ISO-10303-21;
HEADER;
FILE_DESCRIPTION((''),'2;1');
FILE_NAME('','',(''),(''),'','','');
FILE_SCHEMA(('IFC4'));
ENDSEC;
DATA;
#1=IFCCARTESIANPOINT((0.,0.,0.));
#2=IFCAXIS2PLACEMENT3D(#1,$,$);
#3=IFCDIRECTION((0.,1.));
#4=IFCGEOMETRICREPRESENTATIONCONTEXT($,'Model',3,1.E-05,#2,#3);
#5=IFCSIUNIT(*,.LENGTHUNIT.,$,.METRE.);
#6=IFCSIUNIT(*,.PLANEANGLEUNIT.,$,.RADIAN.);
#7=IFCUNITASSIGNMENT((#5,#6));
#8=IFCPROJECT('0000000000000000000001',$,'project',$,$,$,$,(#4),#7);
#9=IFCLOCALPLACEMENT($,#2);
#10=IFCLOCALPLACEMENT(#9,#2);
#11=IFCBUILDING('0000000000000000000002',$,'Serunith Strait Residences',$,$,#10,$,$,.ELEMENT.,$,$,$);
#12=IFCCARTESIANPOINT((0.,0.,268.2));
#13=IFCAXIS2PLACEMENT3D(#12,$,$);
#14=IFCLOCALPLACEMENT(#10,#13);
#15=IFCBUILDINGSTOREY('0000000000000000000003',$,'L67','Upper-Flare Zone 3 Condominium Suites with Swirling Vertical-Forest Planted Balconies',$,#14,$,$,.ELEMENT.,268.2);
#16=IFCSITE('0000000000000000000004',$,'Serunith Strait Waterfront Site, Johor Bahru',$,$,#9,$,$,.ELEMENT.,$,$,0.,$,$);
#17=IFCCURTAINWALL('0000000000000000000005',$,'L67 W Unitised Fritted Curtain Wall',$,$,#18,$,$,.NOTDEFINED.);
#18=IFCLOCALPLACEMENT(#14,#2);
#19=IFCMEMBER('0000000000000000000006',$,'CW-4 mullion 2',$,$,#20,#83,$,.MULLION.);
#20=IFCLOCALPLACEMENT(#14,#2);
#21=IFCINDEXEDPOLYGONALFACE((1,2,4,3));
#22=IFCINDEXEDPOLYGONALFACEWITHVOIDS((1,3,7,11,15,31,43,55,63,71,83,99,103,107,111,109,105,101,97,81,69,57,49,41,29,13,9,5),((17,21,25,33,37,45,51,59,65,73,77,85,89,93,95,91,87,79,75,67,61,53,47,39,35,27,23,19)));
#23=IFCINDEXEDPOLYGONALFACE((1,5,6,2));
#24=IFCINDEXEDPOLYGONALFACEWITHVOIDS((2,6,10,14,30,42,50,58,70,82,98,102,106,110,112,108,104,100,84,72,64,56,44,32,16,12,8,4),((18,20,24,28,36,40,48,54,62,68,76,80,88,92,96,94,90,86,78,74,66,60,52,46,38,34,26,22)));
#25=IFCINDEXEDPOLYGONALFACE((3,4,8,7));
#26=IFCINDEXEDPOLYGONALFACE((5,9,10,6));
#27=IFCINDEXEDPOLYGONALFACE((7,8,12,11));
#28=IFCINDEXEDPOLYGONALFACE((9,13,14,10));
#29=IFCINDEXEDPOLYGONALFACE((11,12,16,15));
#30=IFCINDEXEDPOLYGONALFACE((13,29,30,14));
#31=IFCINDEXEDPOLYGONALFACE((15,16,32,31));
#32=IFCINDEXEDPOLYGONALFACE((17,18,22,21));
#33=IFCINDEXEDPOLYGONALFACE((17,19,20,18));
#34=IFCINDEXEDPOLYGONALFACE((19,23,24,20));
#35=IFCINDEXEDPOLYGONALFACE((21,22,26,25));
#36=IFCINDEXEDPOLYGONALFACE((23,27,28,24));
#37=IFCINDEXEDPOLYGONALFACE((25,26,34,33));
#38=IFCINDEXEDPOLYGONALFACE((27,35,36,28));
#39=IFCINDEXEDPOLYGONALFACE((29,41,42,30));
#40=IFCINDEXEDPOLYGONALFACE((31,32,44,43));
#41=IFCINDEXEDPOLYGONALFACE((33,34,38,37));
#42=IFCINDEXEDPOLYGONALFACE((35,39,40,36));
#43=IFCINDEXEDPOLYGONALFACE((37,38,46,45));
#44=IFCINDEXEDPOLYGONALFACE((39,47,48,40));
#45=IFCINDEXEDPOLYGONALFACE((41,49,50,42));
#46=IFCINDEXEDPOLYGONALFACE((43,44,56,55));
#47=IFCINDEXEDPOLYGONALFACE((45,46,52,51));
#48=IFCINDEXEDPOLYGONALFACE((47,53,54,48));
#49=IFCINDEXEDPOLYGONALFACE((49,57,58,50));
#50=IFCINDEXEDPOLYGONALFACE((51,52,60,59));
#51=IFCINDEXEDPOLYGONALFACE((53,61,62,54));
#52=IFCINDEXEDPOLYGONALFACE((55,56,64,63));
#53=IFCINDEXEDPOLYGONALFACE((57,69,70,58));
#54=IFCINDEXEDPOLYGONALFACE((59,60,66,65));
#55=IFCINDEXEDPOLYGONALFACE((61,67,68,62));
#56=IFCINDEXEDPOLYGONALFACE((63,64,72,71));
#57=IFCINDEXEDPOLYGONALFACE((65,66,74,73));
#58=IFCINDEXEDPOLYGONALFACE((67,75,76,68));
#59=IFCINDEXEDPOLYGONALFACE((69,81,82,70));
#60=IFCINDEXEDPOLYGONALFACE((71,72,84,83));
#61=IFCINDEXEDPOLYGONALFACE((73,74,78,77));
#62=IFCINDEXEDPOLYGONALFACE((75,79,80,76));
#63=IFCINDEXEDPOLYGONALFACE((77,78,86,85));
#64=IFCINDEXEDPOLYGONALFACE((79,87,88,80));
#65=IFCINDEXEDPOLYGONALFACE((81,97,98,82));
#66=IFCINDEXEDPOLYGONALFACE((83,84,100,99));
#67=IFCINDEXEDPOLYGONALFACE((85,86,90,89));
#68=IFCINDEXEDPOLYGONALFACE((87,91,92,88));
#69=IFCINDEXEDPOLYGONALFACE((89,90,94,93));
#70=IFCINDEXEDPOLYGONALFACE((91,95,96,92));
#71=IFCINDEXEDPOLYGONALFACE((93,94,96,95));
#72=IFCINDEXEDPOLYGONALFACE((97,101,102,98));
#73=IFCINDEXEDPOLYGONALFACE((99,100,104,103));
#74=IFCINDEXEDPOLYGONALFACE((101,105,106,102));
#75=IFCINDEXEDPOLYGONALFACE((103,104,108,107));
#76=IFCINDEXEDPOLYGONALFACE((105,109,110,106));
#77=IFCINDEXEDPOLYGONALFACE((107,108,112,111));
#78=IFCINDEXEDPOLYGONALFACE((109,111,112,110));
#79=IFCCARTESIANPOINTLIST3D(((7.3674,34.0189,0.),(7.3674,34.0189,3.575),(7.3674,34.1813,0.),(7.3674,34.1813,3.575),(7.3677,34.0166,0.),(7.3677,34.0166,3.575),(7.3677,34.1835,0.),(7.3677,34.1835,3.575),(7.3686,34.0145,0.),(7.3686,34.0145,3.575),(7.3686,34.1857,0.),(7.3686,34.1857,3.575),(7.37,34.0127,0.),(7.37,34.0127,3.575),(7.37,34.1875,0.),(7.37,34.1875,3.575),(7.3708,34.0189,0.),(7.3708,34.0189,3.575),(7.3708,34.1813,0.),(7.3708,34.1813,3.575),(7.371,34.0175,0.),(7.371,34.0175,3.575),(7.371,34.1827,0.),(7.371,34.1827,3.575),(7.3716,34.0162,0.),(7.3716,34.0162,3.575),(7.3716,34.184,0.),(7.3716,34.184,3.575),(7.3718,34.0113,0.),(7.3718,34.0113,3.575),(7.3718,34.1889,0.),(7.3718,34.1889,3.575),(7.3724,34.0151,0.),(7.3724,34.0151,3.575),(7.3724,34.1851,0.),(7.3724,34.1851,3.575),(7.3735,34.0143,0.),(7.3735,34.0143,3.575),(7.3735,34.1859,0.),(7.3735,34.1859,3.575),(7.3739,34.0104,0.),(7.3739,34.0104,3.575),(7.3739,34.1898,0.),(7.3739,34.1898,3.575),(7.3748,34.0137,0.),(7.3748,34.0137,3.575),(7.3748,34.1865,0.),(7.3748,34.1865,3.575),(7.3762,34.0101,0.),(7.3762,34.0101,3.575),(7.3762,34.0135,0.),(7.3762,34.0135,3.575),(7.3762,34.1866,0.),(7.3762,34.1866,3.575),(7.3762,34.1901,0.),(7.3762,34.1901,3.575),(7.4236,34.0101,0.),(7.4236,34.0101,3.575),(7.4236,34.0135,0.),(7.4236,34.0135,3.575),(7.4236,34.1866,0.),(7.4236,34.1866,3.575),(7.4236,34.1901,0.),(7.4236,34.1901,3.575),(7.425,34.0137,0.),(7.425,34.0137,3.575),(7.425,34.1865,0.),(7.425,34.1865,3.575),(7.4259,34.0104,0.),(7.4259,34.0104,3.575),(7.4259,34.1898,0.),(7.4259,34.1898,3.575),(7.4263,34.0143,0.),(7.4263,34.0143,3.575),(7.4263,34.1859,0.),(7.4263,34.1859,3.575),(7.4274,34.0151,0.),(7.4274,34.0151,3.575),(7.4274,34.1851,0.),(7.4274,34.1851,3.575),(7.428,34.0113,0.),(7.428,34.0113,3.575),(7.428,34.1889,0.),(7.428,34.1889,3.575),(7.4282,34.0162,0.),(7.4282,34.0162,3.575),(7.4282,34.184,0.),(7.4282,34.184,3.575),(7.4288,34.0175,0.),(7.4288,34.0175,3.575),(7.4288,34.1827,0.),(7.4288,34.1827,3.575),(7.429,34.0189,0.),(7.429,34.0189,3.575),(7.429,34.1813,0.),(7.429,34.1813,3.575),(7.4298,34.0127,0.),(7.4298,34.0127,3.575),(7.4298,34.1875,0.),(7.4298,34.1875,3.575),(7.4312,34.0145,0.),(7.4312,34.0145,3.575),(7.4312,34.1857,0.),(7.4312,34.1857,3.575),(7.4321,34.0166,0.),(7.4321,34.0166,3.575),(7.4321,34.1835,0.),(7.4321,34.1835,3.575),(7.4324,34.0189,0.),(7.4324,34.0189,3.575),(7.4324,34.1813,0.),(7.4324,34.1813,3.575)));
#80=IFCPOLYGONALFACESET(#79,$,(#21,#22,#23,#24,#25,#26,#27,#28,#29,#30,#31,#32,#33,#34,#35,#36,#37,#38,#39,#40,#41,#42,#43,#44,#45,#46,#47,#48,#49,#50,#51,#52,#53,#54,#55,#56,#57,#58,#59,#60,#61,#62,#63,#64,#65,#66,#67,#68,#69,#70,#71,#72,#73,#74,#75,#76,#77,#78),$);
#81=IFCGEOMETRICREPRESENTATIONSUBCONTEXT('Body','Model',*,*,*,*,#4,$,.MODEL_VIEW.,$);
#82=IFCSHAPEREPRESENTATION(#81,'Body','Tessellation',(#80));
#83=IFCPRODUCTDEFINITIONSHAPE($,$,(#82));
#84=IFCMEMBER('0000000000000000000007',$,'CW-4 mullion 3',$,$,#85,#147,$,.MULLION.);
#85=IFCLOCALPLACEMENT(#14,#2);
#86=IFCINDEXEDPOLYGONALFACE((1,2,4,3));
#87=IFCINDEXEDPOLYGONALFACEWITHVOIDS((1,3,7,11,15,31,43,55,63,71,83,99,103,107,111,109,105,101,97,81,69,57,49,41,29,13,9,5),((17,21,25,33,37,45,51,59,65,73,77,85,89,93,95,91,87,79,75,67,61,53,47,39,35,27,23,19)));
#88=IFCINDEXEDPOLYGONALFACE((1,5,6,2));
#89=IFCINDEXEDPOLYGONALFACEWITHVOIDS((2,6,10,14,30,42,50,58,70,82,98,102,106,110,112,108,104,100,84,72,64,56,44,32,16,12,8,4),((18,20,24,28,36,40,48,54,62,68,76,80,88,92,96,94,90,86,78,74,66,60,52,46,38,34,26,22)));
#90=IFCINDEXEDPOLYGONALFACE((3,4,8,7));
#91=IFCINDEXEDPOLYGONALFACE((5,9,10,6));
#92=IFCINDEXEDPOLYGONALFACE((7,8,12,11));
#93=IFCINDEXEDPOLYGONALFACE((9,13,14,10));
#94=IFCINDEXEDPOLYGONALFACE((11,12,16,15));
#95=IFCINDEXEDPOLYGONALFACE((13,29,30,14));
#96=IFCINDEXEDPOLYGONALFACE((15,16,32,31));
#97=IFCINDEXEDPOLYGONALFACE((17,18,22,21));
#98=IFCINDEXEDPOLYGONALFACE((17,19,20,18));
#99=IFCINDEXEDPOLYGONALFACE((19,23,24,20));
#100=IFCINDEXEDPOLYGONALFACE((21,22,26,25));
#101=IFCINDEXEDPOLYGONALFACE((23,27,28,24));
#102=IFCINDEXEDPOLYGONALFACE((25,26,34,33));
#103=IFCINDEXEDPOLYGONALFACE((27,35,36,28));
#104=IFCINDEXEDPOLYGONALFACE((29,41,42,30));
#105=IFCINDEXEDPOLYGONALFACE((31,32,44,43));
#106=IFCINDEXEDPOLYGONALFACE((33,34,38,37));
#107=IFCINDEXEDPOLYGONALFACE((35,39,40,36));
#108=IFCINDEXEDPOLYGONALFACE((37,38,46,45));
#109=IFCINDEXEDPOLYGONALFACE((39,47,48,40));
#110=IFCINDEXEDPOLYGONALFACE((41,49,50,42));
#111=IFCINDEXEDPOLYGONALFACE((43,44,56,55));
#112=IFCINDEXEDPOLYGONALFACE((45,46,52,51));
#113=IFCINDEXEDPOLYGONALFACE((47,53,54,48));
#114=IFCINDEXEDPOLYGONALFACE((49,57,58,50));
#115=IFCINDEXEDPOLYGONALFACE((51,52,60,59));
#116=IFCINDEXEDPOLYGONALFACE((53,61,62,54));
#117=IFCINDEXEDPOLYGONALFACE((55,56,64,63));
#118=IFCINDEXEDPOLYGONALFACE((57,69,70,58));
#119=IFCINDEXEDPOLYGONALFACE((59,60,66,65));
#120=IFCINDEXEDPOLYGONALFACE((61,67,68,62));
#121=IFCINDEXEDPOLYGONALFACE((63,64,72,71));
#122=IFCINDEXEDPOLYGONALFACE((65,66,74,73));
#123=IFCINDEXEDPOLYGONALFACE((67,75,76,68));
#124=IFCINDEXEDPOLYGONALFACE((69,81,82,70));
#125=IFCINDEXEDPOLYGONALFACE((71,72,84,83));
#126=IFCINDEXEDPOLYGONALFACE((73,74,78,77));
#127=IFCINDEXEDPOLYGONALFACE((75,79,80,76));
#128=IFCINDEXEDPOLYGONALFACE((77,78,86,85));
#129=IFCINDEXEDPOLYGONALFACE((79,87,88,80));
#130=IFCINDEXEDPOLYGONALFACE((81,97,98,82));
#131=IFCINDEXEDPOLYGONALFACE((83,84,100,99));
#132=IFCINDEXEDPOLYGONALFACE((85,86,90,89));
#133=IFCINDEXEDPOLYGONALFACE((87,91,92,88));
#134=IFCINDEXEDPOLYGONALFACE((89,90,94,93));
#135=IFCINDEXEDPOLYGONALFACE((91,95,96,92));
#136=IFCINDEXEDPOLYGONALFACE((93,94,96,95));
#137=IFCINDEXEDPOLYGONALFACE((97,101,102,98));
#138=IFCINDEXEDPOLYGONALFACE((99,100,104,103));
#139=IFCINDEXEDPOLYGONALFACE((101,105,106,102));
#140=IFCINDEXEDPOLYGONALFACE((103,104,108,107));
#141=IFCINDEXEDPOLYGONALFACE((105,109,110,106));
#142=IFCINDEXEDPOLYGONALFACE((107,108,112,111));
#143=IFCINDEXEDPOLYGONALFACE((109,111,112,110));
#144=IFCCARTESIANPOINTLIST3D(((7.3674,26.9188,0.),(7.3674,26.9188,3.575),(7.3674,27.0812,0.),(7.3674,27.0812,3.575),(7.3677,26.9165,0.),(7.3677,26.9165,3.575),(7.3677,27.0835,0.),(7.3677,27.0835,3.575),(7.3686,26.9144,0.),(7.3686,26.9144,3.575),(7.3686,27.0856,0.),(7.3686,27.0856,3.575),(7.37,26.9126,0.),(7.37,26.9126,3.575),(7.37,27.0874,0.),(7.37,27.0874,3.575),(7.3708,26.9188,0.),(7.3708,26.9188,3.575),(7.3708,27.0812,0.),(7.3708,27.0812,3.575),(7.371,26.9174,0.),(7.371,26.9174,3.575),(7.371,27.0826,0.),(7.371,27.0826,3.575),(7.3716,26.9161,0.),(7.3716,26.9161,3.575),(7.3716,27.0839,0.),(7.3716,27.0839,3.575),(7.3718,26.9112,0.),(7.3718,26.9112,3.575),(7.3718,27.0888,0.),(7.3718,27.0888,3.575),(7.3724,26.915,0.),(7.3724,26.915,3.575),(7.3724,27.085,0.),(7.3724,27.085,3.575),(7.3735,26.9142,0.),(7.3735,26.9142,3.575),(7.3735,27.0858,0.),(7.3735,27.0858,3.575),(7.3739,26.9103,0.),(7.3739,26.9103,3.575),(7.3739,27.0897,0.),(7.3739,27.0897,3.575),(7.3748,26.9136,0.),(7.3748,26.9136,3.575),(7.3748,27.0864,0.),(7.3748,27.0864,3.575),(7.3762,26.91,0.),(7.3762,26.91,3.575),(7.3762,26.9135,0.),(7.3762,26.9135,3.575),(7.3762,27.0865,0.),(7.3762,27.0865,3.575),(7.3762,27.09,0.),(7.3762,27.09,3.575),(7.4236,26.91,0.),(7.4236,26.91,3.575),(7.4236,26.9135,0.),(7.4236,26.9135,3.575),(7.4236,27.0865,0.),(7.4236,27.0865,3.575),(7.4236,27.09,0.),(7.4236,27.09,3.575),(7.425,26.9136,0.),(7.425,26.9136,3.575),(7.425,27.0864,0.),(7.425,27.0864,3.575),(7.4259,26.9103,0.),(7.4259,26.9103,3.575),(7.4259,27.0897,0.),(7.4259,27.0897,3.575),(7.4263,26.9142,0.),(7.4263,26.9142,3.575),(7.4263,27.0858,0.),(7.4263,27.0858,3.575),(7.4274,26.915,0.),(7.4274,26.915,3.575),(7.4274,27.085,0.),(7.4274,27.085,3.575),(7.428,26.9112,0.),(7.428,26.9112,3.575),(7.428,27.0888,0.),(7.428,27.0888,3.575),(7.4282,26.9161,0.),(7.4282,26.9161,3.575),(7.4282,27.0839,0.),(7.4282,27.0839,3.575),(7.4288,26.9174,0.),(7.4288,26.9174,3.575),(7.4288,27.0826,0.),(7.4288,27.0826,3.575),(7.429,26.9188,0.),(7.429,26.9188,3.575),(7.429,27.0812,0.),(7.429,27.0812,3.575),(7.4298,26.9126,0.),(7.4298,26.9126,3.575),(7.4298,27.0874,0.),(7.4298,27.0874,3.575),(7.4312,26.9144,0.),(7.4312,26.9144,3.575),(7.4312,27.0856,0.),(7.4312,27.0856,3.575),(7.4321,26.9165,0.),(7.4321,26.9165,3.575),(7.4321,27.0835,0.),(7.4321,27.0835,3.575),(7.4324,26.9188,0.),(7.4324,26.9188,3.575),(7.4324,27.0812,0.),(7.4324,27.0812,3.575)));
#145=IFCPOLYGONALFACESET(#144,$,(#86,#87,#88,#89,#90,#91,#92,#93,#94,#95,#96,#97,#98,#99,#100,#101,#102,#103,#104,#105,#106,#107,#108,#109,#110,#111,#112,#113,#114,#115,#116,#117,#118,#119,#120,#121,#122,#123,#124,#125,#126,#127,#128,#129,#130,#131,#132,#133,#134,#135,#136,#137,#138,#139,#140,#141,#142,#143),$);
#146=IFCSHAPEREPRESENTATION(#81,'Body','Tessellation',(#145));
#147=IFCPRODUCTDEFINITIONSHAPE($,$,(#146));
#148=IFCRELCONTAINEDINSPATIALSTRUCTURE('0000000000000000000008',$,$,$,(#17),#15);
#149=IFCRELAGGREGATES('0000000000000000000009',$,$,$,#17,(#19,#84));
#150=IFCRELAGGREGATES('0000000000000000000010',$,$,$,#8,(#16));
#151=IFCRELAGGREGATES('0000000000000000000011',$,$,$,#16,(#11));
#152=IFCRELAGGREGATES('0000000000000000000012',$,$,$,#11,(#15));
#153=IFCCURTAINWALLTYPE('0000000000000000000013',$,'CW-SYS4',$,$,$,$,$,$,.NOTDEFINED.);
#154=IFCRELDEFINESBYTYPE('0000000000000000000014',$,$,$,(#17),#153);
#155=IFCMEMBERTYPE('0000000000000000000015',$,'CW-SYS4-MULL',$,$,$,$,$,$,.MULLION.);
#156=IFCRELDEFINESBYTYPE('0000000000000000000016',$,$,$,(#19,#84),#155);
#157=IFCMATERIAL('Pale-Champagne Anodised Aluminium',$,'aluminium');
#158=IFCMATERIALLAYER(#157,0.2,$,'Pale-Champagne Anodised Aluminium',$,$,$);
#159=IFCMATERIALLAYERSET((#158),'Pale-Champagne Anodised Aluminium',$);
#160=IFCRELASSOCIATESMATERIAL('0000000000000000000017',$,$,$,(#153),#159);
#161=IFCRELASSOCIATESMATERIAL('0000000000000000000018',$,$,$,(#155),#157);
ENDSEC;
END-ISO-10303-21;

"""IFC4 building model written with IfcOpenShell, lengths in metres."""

from ifc_helpers import new_model, si_unit, direction, frame, origin, origin_2d, place, context, subcontext, project, spatial, hollow_rectangle, extrude, source, transform, mapped, material, layer, layer_set, material_profile, profile_set, type_object, element, aggregate, save


model = new_model("IFC4")

# Units and contexts
model_context = context("Model", 3, precision=1e-05, world=origin(), true_north=direction((0.0, 1.0)))
body_context = subcontext(model_context, "Body", "Model", "MODEL_VIEW")
ifc_project = project(units=[si_unit("LENGTHUNIT", "METRE"), si_unit("PLANEANGLEUNIT", "RADIAN")], contexts=[model_context])

# Site, building, storey
site_placement = place(None, origin())
site = spatial("IfcSite", under=ifc_project, at=site_placement, Name="Serunith Strait Waterfront Site, Johor Bahru", CompositionType="ELEMENT", RefElevation=0.0)
building_placement = place(site_placement, origin())
building = spatial("IfcBuilding", under=site, at=building_placement, Name="Serunith Strait Residences", CompositionType="ELEMENT")
storey_placement = place(building_placement, frame((0.0, 0.0, 268.2)))
storey = spatial("IfcBuildingStorey", under=building, at=storey_placement, Name="L67", Description="Upper-Flare Zone 3 Condominium Suites with Swirling Vertical-Forest Planted Balconies", CompositionType="ELEMENT", Elevation=268.2)

# Curtain wall, members
ifc_material_1 = material(Name="Pale-Champagne Anodised Aluminium", Category="aluminium")
ifc_layer_1 = layer(ifc_material_1, 0.2, Name="Pale-Champagne Anodised Aluminium")
ifc_layer_set_1 = layer_set([ifc_layer_1], Name="Pale-Champagne Anodised Aluminium")
curtain_wall_type = type_object("IfcCurtainWallType", Name="CW-SYS4", PredefinedType="NOTDEFINED", material=ifc_layer_set_1)
curtain_wall_placement = place(storey_placement, origin())
curtain_wall = element("IfcCurtainWall", 1, at=curtain_wall_placement, inside=storey, type_object=curtain_wall_type, Name="L67 W Unitised Fritted Curtain Wall", PredefinedType="NOTDEFINED")
ifc_material_profile_1 = material_profile(ifc_material_1, hollow_rectangle(XDim=0.0649, YDim=0.1799, WallThickness=0.0034, InnerFilletRadius=0.0054, OuterFilletRadius=0.0088, at=origin_2d()), Name="ALU 180x65x3.5")
ifc_profile_set_1 = profile_set([ifc_material_profile_1], Name="Pale-Champagne Anodised Aluminium")
member_type_1 = type_object("IfcMemberType", Name="CW-SYS4-MULL", PredefinedType="MULLION", material=ifc_profile_set_1)
shared_shape_1 = source(origin(), body_context, "Body", "SweptSolid", [
    extrude(hollow_rectangle(XDim=0.0649, YDim=0.1799, WallThickness=0.0034, InnerFilletRadius=0.0054, OuterFilletRadius=0.0088, at=origin_2d()), origin(), (0.0, 0.0, 1.0), 3.575),
])
member_1_placement = place(storey_placement, frame((7.3999, 34.1001, 0.0), z_axis=(0.0, 0.0, 1.0), x_axis=(1.0, 0.0, 0.0)))
member_1 = element("IfcMember", 2, at=member_1_placement, type_object=member_type_1, Name="CW-4 mullion 2", PredefinedType="MULLION", context=body_context, shape_type="MappedRepresentation", body=[
    mapped(shared_shape_1, transform((0.0, 0.0, 0.0), scale=1.0)),
])
member_2_placement = place(storey_placement, frame((7.3999, 27.0, 0.0), z_axis=(0.0, 0.0, 1.0), x_axis=(1.0, 0.0, 0.0)))
member_2 = element("IfcMember", 3, at=member_2_placement, type_object=member_type_1, Name="CW-4 mullion 3", PredefinedType="MULLION", context=body_context, shape_type="MappedRepresentation", body=[
    mapped(shared_shape_1, transform((0.0, 0.0, 0.0), scale=1.0)),
])
aggregate(curtain_wall, [member_1, member_2])

save(model, "model.ifc")
